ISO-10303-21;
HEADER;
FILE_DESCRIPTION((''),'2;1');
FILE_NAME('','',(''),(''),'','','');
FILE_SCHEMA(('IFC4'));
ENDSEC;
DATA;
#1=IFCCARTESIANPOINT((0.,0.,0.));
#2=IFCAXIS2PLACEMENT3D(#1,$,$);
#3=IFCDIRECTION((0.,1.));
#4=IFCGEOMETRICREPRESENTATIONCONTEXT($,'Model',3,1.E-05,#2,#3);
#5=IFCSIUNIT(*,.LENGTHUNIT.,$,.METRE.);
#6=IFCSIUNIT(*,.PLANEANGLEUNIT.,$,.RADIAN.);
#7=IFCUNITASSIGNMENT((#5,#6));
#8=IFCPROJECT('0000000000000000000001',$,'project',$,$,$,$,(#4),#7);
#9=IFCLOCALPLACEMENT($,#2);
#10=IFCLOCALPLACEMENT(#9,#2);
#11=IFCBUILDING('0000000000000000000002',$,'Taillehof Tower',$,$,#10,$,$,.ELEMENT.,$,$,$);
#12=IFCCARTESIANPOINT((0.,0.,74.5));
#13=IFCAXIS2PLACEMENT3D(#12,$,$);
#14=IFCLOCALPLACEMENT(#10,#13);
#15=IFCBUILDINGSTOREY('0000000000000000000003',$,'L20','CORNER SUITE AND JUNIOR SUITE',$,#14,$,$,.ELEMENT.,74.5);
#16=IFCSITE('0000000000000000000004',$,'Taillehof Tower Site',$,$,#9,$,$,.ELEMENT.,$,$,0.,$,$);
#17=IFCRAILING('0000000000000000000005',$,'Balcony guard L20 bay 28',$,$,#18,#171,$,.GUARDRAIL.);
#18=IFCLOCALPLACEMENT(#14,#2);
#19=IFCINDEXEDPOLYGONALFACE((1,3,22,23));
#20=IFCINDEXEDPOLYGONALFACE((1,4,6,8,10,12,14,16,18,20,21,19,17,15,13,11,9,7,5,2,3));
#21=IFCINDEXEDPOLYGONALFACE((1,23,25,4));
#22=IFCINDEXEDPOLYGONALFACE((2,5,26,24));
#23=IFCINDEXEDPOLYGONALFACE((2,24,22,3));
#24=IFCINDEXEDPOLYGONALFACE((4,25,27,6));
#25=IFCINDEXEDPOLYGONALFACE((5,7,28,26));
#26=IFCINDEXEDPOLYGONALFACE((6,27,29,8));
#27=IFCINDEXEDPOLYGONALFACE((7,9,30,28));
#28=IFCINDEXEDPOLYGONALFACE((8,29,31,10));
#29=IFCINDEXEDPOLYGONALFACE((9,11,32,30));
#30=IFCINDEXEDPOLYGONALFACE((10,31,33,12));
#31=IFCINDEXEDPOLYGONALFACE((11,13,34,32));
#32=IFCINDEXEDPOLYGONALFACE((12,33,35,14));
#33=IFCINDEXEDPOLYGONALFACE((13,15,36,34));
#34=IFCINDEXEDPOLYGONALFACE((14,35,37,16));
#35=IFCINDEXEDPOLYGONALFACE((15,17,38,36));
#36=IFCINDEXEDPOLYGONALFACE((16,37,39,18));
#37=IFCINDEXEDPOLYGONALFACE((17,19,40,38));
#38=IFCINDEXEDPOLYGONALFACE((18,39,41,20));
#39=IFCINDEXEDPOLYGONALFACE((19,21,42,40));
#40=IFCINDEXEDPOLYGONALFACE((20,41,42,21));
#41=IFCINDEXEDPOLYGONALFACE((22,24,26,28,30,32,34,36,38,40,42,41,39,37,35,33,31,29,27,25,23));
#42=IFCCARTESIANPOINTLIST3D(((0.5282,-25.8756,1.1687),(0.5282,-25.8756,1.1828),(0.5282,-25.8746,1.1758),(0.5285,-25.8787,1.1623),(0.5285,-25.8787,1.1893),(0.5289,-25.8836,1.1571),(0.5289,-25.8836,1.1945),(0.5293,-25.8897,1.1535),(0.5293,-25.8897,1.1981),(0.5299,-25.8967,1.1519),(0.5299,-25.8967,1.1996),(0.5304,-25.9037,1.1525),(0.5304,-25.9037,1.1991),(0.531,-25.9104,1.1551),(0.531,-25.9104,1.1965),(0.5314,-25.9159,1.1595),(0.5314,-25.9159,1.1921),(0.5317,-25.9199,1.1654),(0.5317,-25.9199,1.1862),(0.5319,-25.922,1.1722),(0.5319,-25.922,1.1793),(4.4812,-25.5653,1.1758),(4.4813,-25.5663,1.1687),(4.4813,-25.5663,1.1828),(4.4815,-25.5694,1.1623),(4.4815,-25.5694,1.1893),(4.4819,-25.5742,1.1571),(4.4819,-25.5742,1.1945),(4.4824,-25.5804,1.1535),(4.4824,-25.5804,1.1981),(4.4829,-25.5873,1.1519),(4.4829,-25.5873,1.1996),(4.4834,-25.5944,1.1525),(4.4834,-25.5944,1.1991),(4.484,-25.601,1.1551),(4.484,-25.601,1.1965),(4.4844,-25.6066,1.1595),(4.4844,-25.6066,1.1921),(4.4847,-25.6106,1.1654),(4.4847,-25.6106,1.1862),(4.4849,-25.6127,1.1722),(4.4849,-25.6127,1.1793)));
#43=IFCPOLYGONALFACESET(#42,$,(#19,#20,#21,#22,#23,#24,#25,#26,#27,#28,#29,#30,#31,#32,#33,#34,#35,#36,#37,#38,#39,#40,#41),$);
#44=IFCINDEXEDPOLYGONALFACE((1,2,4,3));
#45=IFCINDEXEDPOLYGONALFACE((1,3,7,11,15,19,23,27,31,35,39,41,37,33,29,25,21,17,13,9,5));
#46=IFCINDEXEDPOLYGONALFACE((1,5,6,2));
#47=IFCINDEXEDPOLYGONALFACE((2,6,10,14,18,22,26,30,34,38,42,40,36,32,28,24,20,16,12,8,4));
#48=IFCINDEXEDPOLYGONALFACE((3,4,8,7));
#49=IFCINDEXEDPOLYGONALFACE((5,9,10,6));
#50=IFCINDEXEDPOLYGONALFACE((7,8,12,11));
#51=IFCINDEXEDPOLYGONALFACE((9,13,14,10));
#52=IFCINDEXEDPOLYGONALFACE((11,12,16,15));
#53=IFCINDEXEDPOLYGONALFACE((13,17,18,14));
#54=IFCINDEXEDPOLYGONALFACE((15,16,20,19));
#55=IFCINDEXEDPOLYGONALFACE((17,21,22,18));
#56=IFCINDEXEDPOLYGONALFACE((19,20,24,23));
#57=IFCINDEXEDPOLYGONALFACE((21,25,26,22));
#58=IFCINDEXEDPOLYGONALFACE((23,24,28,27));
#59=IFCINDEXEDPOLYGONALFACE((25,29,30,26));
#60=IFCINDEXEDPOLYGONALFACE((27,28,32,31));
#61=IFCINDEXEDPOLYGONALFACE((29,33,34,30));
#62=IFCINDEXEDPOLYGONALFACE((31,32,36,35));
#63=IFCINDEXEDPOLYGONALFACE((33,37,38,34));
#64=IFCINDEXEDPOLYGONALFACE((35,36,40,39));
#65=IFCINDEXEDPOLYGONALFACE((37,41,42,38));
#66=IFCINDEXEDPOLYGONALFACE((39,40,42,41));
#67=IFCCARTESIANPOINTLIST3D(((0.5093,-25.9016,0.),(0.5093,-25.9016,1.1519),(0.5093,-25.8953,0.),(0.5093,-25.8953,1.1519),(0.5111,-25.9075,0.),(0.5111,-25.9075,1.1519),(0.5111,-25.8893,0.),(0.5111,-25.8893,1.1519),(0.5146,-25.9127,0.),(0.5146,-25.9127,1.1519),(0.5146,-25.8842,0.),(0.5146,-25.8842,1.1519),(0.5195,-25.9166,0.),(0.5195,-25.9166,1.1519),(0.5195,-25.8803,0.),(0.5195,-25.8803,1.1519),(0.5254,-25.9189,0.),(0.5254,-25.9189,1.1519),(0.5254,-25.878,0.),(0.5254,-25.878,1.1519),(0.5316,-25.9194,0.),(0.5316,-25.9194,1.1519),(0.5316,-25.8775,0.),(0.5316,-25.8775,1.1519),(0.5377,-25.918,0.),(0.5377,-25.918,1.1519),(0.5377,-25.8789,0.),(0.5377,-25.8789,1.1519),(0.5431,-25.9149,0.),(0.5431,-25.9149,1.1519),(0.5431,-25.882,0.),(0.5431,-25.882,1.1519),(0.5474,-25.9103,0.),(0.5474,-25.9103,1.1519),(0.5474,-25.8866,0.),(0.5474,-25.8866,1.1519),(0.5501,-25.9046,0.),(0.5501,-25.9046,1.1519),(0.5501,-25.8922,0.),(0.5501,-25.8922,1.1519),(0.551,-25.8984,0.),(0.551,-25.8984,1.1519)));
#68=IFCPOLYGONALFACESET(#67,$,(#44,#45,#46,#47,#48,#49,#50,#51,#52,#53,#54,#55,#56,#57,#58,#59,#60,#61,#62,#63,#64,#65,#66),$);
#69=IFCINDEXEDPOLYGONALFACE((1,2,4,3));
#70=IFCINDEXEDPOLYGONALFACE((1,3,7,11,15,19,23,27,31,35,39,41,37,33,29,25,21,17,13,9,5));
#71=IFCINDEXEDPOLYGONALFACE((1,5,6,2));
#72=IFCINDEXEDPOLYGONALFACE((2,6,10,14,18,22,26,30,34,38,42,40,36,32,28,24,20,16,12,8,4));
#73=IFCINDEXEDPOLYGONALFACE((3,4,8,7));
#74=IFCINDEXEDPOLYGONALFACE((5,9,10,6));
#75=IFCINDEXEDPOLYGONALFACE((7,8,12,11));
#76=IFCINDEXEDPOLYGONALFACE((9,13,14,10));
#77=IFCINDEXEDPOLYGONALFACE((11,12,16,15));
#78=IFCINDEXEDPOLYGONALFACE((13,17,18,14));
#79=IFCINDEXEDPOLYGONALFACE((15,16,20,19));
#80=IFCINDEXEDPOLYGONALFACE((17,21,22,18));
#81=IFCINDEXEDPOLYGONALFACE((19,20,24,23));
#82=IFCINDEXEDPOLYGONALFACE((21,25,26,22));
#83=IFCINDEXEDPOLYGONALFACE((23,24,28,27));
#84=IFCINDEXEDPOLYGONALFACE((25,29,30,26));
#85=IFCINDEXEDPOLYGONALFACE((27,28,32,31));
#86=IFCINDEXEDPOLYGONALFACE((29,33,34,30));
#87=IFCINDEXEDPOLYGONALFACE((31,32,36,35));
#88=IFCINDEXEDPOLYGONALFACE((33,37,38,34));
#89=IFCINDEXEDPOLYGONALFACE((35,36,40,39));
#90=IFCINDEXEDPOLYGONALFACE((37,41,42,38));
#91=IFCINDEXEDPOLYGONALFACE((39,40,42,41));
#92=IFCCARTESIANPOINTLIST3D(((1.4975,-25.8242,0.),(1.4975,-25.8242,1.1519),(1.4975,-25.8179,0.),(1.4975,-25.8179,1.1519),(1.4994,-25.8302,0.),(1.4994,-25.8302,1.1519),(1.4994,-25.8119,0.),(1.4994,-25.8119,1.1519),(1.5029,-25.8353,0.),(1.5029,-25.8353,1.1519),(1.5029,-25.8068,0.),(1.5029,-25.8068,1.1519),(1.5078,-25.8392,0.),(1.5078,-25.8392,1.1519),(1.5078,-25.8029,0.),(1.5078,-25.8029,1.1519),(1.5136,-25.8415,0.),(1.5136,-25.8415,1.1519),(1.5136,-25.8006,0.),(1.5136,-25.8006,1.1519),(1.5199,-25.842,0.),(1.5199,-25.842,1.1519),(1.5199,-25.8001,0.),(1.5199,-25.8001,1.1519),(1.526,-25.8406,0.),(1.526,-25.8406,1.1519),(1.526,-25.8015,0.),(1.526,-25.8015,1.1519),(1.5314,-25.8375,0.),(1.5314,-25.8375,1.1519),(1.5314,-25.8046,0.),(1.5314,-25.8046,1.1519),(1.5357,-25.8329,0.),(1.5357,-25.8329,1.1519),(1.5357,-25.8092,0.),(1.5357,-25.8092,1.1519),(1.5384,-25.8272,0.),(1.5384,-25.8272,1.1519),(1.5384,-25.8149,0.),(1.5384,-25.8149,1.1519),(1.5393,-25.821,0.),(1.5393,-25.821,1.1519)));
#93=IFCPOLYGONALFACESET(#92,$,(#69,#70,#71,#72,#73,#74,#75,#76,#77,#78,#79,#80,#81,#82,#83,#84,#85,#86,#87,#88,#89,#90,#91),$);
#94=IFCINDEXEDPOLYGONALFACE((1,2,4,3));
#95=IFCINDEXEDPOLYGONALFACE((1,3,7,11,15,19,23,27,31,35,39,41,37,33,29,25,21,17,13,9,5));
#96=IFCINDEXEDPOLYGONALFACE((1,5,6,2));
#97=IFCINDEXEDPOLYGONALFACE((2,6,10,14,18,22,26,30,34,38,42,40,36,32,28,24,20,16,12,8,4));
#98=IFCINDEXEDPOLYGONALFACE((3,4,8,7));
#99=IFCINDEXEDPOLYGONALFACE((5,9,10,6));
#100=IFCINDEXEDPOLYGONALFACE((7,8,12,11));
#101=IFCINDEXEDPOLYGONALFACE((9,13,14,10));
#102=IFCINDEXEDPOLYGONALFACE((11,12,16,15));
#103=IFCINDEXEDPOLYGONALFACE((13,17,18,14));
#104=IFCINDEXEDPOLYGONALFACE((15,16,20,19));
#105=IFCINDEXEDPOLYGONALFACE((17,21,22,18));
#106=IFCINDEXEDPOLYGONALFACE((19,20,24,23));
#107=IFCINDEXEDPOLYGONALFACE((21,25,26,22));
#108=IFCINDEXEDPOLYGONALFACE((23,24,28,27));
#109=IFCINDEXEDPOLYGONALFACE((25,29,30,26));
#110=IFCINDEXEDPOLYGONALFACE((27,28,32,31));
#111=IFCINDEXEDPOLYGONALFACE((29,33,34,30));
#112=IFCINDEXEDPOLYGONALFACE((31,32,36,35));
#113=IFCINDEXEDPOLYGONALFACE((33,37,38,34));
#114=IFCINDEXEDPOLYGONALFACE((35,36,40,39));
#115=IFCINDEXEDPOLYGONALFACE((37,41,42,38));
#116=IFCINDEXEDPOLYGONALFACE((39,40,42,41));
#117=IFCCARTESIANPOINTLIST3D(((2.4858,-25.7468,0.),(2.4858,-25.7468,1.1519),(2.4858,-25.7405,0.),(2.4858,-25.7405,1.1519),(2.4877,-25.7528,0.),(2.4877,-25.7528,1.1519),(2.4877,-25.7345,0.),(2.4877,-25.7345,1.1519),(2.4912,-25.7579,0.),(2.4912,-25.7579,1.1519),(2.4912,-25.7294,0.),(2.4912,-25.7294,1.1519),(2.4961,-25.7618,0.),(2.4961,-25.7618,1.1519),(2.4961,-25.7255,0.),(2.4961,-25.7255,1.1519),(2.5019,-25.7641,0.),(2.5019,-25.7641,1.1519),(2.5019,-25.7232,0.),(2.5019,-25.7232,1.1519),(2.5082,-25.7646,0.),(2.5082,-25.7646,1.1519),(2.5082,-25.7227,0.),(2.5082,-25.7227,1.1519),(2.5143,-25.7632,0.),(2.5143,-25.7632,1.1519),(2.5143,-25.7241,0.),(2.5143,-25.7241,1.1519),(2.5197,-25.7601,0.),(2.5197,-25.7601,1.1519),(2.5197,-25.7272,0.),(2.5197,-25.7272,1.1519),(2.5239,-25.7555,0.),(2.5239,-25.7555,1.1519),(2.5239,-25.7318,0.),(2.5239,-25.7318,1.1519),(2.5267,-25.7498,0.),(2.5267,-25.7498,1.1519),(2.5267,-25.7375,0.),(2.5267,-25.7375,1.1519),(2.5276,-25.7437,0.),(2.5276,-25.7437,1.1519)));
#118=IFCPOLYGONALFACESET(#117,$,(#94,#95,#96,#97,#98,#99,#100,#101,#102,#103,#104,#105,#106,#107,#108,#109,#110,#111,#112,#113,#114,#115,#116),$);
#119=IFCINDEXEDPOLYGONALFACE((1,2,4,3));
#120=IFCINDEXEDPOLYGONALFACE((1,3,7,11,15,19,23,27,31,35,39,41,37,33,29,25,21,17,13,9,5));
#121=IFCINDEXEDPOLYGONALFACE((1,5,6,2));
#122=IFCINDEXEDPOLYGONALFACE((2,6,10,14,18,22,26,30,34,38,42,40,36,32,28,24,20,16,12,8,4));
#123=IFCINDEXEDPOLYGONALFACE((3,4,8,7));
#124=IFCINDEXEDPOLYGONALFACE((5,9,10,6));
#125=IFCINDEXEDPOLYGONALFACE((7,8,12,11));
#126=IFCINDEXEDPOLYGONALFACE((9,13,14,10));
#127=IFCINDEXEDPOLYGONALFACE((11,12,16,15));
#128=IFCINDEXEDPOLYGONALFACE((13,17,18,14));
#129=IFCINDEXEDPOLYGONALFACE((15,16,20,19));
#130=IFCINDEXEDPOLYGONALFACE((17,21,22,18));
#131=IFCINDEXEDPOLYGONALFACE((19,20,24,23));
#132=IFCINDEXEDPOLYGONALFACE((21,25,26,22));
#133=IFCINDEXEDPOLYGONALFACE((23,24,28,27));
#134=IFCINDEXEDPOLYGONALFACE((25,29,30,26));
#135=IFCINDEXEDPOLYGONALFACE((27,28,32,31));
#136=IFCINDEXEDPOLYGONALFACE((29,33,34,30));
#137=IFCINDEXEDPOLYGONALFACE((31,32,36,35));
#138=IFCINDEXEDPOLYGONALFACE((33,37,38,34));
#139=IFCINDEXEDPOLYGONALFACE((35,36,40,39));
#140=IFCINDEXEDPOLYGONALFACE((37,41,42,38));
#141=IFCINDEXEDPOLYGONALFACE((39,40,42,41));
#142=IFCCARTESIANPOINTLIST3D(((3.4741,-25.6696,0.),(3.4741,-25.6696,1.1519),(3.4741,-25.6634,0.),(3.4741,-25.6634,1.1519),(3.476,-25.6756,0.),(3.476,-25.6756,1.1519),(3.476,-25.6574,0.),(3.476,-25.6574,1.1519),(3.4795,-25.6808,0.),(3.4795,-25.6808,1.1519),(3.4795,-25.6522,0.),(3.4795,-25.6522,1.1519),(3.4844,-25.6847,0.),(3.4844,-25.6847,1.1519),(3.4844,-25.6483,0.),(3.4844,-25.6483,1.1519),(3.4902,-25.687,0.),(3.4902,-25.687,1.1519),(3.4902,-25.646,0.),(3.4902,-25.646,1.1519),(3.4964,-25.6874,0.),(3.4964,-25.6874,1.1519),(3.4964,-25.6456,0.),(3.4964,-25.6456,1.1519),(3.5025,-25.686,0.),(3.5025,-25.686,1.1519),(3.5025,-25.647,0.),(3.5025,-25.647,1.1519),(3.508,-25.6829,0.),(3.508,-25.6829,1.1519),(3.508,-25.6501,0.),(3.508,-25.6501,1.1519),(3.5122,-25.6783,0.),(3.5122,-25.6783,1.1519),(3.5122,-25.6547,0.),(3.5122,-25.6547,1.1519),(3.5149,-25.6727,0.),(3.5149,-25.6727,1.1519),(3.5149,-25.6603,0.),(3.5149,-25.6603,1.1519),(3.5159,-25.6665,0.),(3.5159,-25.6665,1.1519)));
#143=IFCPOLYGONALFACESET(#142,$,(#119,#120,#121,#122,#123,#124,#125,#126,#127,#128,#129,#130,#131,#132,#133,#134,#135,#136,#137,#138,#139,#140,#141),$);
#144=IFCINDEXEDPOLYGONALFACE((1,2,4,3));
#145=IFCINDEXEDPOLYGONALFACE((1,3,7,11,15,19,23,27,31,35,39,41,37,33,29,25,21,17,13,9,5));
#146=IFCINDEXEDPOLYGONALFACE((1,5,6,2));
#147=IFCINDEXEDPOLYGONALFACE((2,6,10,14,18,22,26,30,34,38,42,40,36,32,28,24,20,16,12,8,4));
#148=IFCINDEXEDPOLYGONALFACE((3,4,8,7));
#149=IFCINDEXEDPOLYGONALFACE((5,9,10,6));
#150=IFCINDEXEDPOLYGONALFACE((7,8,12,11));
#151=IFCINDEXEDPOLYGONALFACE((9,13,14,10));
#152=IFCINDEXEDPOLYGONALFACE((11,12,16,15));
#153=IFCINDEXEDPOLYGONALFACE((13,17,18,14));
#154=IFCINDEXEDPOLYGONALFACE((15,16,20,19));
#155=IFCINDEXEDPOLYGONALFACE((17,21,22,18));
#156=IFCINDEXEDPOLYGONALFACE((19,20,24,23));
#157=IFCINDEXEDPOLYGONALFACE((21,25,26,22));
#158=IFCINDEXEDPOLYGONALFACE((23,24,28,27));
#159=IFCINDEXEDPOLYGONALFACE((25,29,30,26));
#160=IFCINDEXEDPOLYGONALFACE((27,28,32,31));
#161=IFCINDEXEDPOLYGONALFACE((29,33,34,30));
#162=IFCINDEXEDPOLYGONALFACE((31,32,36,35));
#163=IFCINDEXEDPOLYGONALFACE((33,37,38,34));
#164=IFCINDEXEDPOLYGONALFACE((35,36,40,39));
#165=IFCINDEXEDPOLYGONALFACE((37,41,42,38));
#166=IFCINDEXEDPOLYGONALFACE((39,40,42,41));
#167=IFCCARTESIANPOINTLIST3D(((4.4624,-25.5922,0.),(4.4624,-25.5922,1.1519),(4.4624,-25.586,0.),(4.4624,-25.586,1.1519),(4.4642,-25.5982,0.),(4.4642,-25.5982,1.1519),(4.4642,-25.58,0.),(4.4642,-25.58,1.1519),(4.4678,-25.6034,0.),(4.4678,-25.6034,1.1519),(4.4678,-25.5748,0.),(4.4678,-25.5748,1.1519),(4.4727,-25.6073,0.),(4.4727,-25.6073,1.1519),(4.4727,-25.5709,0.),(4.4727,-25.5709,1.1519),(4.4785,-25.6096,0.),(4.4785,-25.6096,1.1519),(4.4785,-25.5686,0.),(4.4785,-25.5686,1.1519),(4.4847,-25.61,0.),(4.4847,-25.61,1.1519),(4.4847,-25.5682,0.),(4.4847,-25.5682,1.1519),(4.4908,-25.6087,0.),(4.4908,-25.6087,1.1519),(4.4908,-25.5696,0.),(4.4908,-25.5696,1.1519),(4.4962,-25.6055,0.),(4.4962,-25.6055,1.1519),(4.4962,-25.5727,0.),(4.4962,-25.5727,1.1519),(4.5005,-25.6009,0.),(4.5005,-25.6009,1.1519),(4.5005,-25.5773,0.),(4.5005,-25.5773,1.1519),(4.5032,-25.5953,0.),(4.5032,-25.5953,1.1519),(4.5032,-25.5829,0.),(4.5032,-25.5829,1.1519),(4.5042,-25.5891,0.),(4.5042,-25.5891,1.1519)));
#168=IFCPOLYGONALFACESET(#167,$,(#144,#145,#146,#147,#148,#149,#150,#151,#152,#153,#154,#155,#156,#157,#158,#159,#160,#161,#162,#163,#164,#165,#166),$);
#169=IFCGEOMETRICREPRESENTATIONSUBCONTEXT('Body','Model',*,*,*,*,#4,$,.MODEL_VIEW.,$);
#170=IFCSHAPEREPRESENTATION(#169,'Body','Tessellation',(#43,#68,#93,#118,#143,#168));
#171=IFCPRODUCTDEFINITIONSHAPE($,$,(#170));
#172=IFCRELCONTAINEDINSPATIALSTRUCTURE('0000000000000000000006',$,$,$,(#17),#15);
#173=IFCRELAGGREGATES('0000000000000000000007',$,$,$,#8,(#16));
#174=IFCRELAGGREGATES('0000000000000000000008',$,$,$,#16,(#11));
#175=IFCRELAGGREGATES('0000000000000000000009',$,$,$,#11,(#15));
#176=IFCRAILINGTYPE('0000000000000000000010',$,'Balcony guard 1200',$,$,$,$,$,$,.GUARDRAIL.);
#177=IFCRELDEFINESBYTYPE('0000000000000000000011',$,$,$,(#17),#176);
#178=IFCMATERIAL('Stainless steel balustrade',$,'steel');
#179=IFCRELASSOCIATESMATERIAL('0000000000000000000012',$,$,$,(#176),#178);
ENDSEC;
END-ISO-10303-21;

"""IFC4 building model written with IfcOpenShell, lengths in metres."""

from ifc_helpers import new_model, si_unit, direction, frame, origin, origin_2d, place, context, subcontext, project, spatial, circle, extrude, material, type_object, element, save


model = new_model("IFC4")

# Units and contexts
model_context = context("Model", 3, precision=1e-05, world=origin(), true_north=direction((0.0, 1.0)))
body_context = subcontext(model_context, "Body", "Model", "MODEL_VIEW")
ifc_project = project(units=[si_unit("LENGTHUNIT", "METRE"), si_unit("PLANEANGLEUNIT", "RADIAN")], contexts=[model_context])

# Site, building, storey
site_placement = place(None, origin())
site = spatial("IfcSite", under=ifc_project, at=site_placement, Name="Taillehof Tower Site", CompositionType="ELEMENT", RefElevation=0.0)
building_placement = place(site_placement, origin())
building = spatial("IfcBuilding", under=site, at=building_placement, Name="Taillehof Tower", CompositionType="ELEMENT")
storey_placement = place(building_placement, frame((0.0, 0.0, 74.5)))
storey = spatial("IfcBuildingStorey", under=building, at=storey_placement, Name="L20", Description="CORNER SUITE AND JUNIOR SUITE", CompositionType="ELEMENT", Elevation=74.5)

# Railing
ifc_material_1 = material(Name="Stainless steel balustrade", Category="steel")
railing_type = type_object("IfcRailingType", Name="Balcony guard 1200", PredefinedType="GUARDRAIL", material=ifc_material_1)
railing_1_placement = place(storey_placement, frame((0.53, -25.8984, 0.0)))
element("IfcRailing", 1, at=railing_1_placement, inside=storey, type_object=railing_type, Name="Balcony guard L20 bay 28", PredefinedType="GUARDRAIL", context=body_context, shape_type="SweptSolid", body=[
    extrude(circle(Radius=0.0239, at=origin_2d()), frame((0.0, 0.0, 1.1758), z_axis=(0.996953, 0.07801, 0.0), x_axis=(-0.07801, 0.996953, 0.0)), (0.0, 0.0, 1.0), 3.9651),
    extrude(circle(Radius=0.021, at=origin_2d()), origin(), (0.0, 0.0, 1.0), 1.1519),
    extrude(circle(Radius=0.021, at=origin_2d()), frame((0.9883, 0.0774, 0.0)), (0.0, 0.0, 1.0), 1.1519),
    extrude(circle(Radius=0.021, at=origin_2d()), frame((1.9766, 0.1548, 0.0)), (0.0, 0.0, 1.0), 1.1519),
    extrude(circle(Radius=0.021, at=origin_2d()), frame((2.9648, 0.2319, 0.0)), (0.0, 0.0, 1.0), 1.1519),
    extrude(circle(Radius=0.021, at=origin_2d()), frame((3.9531, 0.3093, 0.0)), (0.0, 0.0, 1.0), 1.1519),
])

save(model, "model.ifc")
